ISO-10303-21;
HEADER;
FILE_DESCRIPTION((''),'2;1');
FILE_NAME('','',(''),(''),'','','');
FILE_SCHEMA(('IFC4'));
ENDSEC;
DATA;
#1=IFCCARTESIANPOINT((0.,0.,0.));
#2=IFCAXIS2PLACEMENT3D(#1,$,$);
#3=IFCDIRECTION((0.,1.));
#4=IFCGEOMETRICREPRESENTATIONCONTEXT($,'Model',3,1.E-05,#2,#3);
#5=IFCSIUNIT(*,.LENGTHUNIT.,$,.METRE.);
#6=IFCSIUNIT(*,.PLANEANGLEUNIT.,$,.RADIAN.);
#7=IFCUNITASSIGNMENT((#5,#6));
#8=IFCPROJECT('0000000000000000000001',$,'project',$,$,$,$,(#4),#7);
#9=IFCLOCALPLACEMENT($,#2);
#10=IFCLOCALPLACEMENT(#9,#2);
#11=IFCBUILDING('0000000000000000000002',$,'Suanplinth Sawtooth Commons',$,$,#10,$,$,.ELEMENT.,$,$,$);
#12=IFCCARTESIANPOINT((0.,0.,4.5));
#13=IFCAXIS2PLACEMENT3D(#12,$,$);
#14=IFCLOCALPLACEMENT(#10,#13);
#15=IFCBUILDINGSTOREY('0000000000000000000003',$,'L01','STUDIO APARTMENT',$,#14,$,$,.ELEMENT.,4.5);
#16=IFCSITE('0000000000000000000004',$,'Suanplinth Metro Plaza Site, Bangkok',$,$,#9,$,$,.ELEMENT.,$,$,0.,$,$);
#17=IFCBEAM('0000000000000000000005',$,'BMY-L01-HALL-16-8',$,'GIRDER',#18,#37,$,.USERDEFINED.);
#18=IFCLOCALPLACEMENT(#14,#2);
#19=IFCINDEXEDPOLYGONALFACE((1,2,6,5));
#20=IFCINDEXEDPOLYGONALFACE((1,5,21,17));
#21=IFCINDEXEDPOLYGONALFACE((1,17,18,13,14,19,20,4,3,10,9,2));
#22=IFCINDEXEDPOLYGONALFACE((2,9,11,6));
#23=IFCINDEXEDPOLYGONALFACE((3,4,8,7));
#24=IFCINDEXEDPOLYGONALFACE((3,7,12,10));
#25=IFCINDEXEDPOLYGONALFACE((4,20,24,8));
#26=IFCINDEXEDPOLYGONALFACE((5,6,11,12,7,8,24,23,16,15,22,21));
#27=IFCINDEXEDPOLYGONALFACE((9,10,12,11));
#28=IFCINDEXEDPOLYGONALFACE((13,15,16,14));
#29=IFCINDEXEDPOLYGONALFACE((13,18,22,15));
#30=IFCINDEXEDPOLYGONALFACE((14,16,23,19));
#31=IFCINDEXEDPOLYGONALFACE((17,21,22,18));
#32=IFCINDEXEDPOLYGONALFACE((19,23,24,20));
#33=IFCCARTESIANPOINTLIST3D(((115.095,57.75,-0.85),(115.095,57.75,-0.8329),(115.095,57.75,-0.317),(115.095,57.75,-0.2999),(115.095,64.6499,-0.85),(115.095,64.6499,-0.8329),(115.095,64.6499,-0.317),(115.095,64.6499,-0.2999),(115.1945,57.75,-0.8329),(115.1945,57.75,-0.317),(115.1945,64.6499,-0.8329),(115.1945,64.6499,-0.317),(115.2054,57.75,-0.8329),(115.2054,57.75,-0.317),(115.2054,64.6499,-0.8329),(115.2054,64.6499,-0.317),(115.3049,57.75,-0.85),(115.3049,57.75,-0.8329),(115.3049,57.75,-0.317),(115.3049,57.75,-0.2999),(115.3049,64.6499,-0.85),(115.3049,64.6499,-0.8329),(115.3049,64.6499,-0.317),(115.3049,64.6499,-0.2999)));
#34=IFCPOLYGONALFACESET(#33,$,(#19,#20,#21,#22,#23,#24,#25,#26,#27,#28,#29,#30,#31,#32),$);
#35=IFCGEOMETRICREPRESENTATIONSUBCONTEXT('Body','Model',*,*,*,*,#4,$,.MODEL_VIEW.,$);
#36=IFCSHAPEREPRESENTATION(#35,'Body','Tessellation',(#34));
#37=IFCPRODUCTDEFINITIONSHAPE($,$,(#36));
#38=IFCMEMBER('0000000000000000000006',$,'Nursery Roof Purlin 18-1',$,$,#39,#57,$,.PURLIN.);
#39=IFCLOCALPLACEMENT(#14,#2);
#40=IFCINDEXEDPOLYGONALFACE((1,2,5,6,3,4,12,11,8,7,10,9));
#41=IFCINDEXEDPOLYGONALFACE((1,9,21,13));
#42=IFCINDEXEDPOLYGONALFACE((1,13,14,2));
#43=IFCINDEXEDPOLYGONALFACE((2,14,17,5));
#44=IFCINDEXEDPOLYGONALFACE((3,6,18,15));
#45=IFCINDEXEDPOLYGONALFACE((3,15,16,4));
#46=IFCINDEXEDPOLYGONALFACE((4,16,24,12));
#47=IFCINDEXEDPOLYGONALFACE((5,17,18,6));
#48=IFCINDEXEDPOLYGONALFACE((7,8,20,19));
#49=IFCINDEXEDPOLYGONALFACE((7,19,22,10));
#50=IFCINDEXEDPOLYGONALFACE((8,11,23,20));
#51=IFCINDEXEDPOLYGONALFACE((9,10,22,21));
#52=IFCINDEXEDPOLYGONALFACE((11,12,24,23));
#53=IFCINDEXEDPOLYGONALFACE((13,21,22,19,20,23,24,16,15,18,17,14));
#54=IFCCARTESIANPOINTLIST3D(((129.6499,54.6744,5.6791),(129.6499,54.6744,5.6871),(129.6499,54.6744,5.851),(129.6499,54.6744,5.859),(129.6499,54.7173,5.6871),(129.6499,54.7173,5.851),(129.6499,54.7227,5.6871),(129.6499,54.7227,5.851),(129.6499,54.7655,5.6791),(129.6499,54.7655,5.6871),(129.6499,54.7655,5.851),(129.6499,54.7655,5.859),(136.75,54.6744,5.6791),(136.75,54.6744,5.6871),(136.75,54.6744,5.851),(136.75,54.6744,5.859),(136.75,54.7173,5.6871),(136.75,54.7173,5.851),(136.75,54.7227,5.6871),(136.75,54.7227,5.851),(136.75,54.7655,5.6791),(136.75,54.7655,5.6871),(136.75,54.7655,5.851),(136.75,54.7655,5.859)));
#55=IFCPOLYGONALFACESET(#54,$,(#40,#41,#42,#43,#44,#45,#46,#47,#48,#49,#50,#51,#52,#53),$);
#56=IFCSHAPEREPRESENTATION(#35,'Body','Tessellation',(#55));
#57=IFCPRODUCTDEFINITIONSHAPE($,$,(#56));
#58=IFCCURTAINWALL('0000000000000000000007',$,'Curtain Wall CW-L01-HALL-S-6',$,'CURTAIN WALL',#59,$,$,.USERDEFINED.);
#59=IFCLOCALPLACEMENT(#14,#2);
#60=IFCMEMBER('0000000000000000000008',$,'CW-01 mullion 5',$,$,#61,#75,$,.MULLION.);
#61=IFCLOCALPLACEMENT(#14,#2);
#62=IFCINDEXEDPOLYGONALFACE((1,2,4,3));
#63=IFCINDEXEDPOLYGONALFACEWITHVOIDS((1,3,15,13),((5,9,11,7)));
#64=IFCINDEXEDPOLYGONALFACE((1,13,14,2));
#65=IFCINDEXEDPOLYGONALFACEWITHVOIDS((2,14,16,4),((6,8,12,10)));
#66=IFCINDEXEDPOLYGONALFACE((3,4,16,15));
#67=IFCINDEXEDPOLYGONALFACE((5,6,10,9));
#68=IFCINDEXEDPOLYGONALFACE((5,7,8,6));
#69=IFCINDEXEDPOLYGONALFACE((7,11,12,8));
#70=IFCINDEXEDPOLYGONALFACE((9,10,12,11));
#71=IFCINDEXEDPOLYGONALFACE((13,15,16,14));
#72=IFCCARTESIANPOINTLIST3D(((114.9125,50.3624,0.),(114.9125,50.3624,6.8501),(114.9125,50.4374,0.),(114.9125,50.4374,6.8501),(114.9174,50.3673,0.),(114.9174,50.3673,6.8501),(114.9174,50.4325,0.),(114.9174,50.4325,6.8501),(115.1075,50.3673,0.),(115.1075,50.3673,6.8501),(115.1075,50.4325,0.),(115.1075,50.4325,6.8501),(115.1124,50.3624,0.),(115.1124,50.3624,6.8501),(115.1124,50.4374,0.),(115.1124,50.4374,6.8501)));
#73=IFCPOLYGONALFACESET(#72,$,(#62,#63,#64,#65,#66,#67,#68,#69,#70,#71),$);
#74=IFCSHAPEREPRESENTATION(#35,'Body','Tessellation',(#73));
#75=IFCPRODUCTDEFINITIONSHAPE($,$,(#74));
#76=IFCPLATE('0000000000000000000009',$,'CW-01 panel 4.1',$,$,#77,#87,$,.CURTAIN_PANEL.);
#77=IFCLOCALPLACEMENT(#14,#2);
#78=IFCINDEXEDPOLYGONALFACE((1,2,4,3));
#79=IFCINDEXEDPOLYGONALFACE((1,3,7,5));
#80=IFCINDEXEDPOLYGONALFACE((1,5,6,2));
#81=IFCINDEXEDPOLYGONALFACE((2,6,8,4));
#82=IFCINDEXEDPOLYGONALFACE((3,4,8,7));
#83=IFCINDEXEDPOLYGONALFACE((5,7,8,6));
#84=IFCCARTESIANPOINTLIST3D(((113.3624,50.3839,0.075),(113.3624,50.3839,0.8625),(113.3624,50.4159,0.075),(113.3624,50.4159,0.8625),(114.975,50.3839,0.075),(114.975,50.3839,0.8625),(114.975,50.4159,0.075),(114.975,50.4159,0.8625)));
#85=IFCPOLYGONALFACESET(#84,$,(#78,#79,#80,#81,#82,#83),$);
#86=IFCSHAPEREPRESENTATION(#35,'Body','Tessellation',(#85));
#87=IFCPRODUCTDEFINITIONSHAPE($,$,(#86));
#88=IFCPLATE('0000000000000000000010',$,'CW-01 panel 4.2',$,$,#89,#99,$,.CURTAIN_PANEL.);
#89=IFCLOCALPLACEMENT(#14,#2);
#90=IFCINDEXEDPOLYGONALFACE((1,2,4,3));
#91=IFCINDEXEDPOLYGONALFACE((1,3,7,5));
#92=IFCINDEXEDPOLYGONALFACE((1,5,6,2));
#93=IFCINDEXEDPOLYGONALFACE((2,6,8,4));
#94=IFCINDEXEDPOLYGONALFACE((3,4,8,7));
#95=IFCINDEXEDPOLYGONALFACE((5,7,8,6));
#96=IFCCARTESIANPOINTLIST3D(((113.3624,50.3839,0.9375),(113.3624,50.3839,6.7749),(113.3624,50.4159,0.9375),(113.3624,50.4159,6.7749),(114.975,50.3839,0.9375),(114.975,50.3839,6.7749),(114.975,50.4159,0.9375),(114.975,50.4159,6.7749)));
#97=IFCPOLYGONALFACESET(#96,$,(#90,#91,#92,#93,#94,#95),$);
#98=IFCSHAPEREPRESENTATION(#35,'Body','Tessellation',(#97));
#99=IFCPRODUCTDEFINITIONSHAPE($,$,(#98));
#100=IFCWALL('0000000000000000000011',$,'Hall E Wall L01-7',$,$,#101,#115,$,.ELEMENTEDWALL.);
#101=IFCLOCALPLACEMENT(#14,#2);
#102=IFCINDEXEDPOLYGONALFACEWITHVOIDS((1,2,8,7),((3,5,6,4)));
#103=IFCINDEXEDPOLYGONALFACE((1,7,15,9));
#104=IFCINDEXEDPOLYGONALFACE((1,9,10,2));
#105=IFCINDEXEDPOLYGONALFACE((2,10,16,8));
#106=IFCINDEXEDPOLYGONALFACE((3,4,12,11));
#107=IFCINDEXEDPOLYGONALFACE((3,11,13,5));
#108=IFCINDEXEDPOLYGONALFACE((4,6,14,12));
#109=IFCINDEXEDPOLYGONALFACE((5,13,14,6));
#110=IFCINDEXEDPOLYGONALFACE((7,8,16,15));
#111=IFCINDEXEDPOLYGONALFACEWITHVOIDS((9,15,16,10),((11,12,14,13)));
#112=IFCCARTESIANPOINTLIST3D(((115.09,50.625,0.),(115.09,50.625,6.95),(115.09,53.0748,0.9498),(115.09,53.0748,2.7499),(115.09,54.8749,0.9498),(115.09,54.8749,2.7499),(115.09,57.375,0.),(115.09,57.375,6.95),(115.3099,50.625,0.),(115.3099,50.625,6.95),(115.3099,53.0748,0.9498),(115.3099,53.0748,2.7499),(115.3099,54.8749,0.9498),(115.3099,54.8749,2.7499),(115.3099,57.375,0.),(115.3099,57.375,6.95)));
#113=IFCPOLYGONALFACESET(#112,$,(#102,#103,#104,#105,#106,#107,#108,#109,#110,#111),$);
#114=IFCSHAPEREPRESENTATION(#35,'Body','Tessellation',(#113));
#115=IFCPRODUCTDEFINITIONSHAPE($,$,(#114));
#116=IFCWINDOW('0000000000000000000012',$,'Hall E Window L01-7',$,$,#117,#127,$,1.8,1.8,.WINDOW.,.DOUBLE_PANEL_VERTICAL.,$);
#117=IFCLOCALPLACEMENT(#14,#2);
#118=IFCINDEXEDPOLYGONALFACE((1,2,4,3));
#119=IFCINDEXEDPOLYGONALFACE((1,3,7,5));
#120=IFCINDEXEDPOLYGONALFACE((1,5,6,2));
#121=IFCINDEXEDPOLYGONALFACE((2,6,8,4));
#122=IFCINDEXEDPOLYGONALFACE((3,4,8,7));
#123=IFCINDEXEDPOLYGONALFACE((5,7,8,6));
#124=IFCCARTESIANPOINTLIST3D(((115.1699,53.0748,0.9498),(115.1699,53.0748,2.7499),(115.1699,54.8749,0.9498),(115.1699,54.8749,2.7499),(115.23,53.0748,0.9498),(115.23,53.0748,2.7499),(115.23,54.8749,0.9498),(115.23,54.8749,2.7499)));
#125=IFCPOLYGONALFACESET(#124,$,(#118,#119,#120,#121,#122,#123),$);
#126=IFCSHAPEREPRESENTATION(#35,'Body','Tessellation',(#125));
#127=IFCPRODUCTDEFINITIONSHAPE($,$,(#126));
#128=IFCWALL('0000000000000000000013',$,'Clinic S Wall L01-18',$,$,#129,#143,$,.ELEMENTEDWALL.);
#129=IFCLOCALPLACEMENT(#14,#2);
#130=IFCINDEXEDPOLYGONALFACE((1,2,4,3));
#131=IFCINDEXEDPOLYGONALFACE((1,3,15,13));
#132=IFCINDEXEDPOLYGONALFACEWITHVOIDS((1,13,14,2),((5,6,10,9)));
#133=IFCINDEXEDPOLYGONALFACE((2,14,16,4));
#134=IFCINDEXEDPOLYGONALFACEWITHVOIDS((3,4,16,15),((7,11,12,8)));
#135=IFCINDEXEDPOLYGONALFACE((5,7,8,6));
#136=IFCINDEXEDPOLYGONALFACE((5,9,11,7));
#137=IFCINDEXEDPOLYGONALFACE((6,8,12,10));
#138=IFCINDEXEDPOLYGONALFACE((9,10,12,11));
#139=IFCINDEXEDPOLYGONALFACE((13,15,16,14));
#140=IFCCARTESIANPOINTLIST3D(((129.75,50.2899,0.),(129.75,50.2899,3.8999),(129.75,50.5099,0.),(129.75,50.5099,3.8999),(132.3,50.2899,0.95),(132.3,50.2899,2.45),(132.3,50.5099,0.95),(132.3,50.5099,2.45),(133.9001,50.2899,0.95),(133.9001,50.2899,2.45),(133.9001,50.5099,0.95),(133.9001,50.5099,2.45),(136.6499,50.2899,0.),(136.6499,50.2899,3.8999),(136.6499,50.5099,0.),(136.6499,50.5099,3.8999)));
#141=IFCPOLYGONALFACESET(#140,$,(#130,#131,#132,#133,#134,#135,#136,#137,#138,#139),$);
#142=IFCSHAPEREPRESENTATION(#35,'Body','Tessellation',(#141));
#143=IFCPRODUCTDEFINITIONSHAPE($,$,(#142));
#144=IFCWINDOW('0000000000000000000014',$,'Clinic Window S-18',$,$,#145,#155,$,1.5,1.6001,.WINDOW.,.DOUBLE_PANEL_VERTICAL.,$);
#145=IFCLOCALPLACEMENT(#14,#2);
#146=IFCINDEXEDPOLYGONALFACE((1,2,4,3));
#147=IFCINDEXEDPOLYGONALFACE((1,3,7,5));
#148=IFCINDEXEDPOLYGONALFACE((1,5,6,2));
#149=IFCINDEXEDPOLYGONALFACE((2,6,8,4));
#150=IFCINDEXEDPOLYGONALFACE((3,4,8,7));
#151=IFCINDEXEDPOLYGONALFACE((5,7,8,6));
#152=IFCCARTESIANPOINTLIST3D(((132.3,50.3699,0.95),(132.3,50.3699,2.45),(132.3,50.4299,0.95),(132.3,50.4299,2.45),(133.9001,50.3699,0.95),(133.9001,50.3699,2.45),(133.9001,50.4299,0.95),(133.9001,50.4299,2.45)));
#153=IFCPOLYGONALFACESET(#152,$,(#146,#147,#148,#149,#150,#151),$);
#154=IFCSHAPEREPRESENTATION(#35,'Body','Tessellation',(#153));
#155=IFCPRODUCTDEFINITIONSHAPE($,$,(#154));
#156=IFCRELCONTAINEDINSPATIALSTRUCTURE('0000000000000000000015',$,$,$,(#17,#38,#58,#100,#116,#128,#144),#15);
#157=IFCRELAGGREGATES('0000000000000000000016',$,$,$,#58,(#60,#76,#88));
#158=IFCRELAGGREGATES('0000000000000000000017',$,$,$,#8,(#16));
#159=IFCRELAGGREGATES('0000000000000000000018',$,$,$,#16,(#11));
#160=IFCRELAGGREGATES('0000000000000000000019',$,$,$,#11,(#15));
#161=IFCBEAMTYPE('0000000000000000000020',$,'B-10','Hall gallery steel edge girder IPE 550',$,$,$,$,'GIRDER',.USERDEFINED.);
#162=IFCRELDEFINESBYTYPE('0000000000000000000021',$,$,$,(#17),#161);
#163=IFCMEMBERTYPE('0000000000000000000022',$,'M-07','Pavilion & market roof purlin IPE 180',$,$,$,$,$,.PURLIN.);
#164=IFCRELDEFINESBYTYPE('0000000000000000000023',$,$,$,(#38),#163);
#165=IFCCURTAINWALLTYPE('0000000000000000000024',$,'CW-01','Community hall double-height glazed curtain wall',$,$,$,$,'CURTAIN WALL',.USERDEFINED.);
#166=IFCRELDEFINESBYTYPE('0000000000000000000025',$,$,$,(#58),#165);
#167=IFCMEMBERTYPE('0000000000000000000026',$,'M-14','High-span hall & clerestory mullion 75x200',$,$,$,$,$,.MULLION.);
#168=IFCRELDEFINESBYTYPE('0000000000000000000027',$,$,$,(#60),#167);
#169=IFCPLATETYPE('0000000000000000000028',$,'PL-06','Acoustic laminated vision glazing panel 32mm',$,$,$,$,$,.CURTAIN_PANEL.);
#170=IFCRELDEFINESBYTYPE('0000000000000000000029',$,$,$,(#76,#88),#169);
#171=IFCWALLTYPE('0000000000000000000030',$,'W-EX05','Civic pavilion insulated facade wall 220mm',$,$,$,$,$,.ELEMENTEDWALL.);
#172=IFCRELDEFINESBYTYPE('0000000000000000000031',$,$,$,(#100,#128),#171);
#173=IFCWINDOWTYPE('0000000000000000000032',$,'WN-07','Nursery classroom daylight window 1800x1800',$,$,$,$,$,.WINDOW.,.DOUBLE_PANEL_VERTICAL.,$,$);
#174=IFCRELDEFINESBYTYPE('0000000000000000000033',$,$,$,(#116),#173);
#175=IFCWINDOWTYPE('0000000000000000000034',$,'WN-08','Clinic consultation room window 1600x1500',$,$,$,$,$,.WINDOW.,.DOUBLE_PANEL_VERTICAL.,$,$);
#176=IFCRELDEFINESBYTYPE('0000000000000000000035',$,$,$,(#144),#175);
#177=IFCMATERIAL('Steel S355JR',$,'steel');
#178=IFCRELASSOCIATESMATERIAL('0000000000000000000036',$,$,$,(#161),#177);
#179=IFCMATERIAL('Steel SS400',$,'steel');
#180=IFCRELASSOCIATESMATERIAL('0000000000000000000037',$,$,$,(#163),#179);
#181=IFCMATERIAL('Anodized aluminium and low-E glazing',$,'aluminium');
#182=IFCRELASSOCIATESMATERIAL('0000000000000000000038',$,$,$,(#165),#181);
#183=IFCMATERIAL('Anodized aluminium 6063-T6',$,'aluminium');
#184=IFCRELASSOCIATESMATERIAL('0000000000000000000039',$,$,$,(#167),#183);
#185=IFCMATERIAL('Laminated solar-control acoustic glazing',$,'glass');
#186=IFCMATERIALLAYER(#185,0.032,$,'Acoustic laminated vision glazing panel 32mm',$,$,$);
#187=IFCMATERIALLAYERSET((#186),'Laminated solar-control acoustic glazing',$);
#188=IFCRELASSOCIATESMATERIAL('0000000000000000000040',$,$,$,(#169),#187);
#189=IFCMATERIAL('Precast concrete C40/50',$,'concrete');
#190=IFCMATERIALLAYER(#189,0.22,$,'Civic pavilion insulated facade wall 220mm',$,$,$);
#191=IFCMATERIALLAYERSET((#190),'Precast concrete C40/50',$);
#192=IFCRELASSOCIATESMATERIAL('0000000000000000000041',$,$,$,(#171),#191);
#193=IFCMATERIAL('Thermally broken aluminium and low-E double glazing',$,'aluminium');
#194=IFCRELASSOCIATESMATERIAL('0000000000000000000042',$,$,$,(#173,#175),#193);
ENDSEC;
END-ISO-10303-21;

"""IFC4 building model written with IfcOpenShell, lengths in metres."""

from ifc_helpers import new_model, si_unit, direction, frame, frame_2d, origin, origin_2d, place, context, subcontext, project, spatial, rectangle, hollow_rectangle, i_section, extrude, material, layer, layer_set, material_profile, profile_set, type_object, element, fill, aggregate, save


model = new_model("IFC4")

# Units and contexts
model_context = context("Model", 3, precision=1e-05, world=origin(), true_north=direction((0.0, 1.0)))
body_context = subcontext(model_context, "Body", "Model", "MODEL_VIEW")
ifc_project = project(units=[si_unit("LENGTHUNIT", "METRE"), si_unit("PLANEANGLEUNIT", "RADIAN")], contexts=[model_context])

# Site, building, storey
site_placement = place(None, origin())
site = spatial("IfcSite", under=ifc_project, at=site_placement, Name="Suanplinth Metro Plaza Site, Bangkok", CompositionType="ELEMENT", RefElevation=0.0)
building_placement = place(site_placement, origin())
building = spatial("IfcBuilding", under=site, at=building_placement, Name="Suanplinth Sawtooth Commons", CompositionType="ELEMENT")
storey_placement = place(building_placement, frame((0.0, 0.0, 4.5)))
storey = spatial("IfcBuildingStorey", under=building, at=storey_placement, Name="L01", Description="STUDIO APARTMENT", CompositionType="ELEMENT", Elevation=4.5)

# Shared definitions
ifc_material_1 = material(Name="Steel S355JR", Category="steel")

# Beam
ifc_material_2 = material(Name="Precast concrete C40/50", Category="concrete")
ifc_material_profile_1 = material_profile(ifc_material_1, i_section(OverallWidth=0.21, OverallDepth=0.55, WebThickness=0.011, FlangeThickness=0.0171, at=origin_2d()), Name="IPE 550")
ifc_profile_set_1 = profile_set([ifc_material_profile_1], Name="Steel S355JR")
beam_type_1 = type_object("IfcBeamType", Name="B-10", Description="Hall gallery steel edge girder IPE 550", ElementType="GIRDER", PredefinedType="USERDEFINED", material=ifc_profile_set_1)
for number, where, z_axis, x_axis, name in (
    (1, (115.2, 57.75, -0.575), (0.0, 1.0, 0.0), (-1.0, 0.0, 0.0), "BMY-L01-HALL-16-8"),
):
    element("IfcBeam", number, at=place(storey_placement, frame(where, z_axis=z_axis, x_axis=x_axis)), inside=storey, type_object=beam_type_1, Name=name, ObjectType="GIRDER", PredefinedType="USERDEFINED", context=body_context, shape_type="SweptSolid", body=[
        extrude(i_section(OverallWidth=0.21, OverallDepth=0.55, WebThickness=0.011, FlangeThickness=0.0171, at=origin_2d()), origin(), (0.0, 0.0, 1.0), 6.8999),
    ])

# Member
ifc_material_3 = material(Name="Steel SS400", Category="steel")
ifc_material_profile_2 = material_profile(ifc_material_3, i_section(OverallWidth=0.0911, OverallDepth=0.1799, WebThickness=0.0054, FlangeThickness=0.0081, at=origin_2d()), Name="IPE 180")
ifc_profile_set_2 = profile_set([ifc_material_profile_2], Name="Steel SS400")
member_type_1 = type_object("IfcMemberType", Name="M-07", Description="Pavilion & market roof purlin IPE 180", PredefinedType="PURLIN", material=ifc_profile_set_2)
member_1_placement = place(storey_placement, frame((129.6499, 54.72, 5.769), z_axis=(1.0, 0.0, 0.0), x_axis=(0.0, 1.0, 0.0)))
element("IfcMember", 2, at=member_1_placement, inside=storey, type_object=member_type_1, Name="Nursery Roof Purlin 18-1", PredefinedType="PURLIN", context=body_context, shape_type="SweptSolid", body=[
    extrude(i_section(OverallWidth=0.0911, OverallDepth=0.1799, WebThickness=0.0054, FlangeThickness=0.0081, at=origin_2d()), origin(), (0.0, 0.0, 1.0), 7.1001),
])

# Curtain wall, member, plates
ifc_material_4 = material(Name="Anodized aluminium and low-E glazing", Category="aluminium")
curtain_wall_type = type_object("IfcCurtainWallType", Name="CW-01", Description="Community hall double-height glazed curtain wall", ElementType="CURTAIN WALL", PredefinedType="USERDEFINED", material=ifc_material_4)
curtain_wall_placement = place(storey_placement, origin())
curtain_wall = element("IfcCurtainWall", 3, at=curtain_wall_placement, inside=storey, type_object=curtain_wall_type, Name="Curtain Wall CW-L01-HALL-S-6", ObjectType="CURTAIN WALL", PredefinedType="USERDEFINED")
ifc_material_5 = material(Name="Anodized aluminium 6063-T6", Category="aluminium")
ifc_material_profile_3 = material_profile(ifc_material_5, hollow_rectangle(XDim=0.075, YDim=0.2, WallThickness=0.0049, at=origin_2d()), Name="ALU-MUL 75x200")
ifc_profile_set_3 = profile_set([ifc_material_profile_3], Name="Anodized aluminium 6063-T6")
member_type_2 = type_object("IfcMemberType", Name="M-14", Description="High-span hall & clerestory mullion 75x200", PredefinedType="MULLION", material=ifc_profile_set_3)
member_2_placement = place(storey_placement, frame((115.0125, 50.3999, 0.0), z_axis=(0.0, 0.0, 1.0), x_axis=(0.0, 1.0, 0.0)))
member_2 = element("IfcMember", 4, at=member_2_placement, type_object=member_type_2, Name="CW-01 mullion 5", PredefinedType="MULLION", context=body_context, shape_type="SweptSolid", body=[
    extrude(hollow_rectangle(XDim=0.075, YDim=0.2, WallThickness=0.0049, at=origin_2d()), origin(), (0.0, 0.0, 1.0), 6.8501),
])
ifc_material_6 = material(Name="Laminated solar-control acoustic glazing", Category="glass")
ifc_layer_1 = layer(ifc_material_6, 0.032, Name="Acoustic laminated vision glazing panel 32mm")
ifc_layer_set_1 = layer_set([ifc_layer_1], Name="Laminated solar-control acoustic glazing")
plate_type = type_object("IfcPlateType", Name="PL-06", Description="Acoustic laminated vision glazing panel 32mm", PredefinedType="CURTAIN_PANEL", material=ifc_layer_set_1)
plate_1_placement = place(storey_placement, frame((114.1687, 50.3999, 0.075), z_axis=(0.0, 0.0, 1.0), x_axis=(1.0, 0.0, 0.0)))
plate_1 = element("IfcPlate", 5, at=plate_1_placement, type_object=plate_type, Name="CW-01 panel 4.1", PredefinedType="CURTAIN_PANEL", context=body_context, shape_type="SweptSolid", body=[
    extrude(rectangle(XDim=1.6125, YDim=0.032, at=origin_2d()), origin(), (0.0, 0.0, 1.0), 0.7876),
])
plate_2_placement = place(storey_placement, frame((114.1687, 50.3999, 0.9375), z_axis=(0.0, 0.0, 1.0), x_axis=(1.0, 0.0, 0.0)))
plate_2 = element("IfcPlate", 6, at=plate_2_placement, type_object=plate_type, Name="CW-01 panel 4.2", PredefinedType="CURTAIN_PANEL", context=body_context, shape_type="SweptSolid", body=[
    extrude(rectangle(XDim=1.6125, YDim=0.032, at=origin_2d()), origin(), (0.0, 0.0, 1.0), 5.8374),
])
aggregate(curtain_wall, [member_2, plate_1, plate_2])

# Walls, openings, windows
ifc_layer_2 = layer(ifc_material_2, 0.22, Name="Civic pavilion insulated facade wall 220mm")
ifc_layer_set_2 = layer_set([ifc_layer_2], Name="Precast concrete C40/50")
wall_type = type_object("IfcWallType", Name="W-EX05", Description="Civic pavilion insulated facade wall 220mm", PredefinedType="ELEMENTEDWALL", material=ifc_layer_set_2)
wall_1_placement = place(storey_placement, frame((115.2, 50.625, 0.0), z_axis=(0.0, 0.0, 1.0), x_axis=(0.0, 1.0, 0.0)))
wall_1 = element("IfcWall", 7, at=wall_1_placement, inside=storey, type_object=wall_type, Name="Hall E Wall L01-7", PredefinedType="ELEMENTEDWALL", context=body_context, shape_type="SweptSolid", body=[
    extrude(rectangle(XDim=6.75, YDim=0.22, at=frame_2d((3.375, 0.0))), origin(), (0.0, 0.0, 1.0), 6.95),
])
opening_1_placement = place(wall_1_placement, frame((2.45, 0.0, 0.95)))
opening_1 = element("IfcOpeningElement", 8, at=opening_1_placement, cuts=wall_1, PredefinedType="OPENING", context=body_context, shape_type="SweptSolid", body=[
    extrude(rectangle(XDim=1.8, YDim=1.8, at=frame_2d((0.8999, 0.8999))), frame((0.0, 0.125, 0.0), z_axis=(0.0, -1.0, 0.0), x_axis=(1.0, 0.0, 0.0)), (0.0, 0.0, 1.0), 0.2498),
])
ifc_material_7 = material(Name="Thermally broken aluminium and low-E double glazing", Category="aluminium")
window_type_1 = type_object("IfcWindowType", Name="WN-07", Description="Nursery classroom daylight window 1800x1800", PartitioningType="DOUBLE_PANEL_VERTICAL", PredefinedType="WINDOW", material=ifc_material_7)
window_1_placement = place(opening_1_placement, origin())
window_1 = element("IfcWindow", 9, at=window_1_placement, inside=storey, type_object=window_type_1, Name="Hall E Window L01-7", OverallHeight=1.8, OverallWidth=1.8, PartitioningType="DOUBLE_PANEL_VERTICAL", PredefinedType="WINDOW", context=body_context, shape_type="SweptSolid", body=[
    extrude(rectangle(XDim=1.8, YDim=1.8, at=frame_2d((0.8999, 0.8999))), frame((0.0, 0.03, 0.0), z_axis=(0.0, -1.0, 0.0), x_axis=(1.0, 0.0, 0.0)), (0.0, 0.0, 1.0), 0.0601),
])
fill(opening_1, window_1)
wall_2_placement = place(storey_placement, frame((129.75, 50.3999, 0.0), z_axis=(0.0, 0.0, 1.0), x_axis=(1.0, 0.0, 0.0)))
wall_2 = element("IfcWall", 10, at=wall_2_placement, inside=storey, type_object=wall_type, Name="Clinic S Wall L01-18", PredefinedType="ELEMENTEDWALL", context=body_context, shape_type="SweptSolid", body=[
    extrude(rectangle(XDim=6.8999, YDim=0.22, at=frame_2d((3.45, 0.0))), origin(), (0.0, 0.0, 1.0), 3.8999),
])
opening_2_placement = place(wall_2_placement, frame((2.55, 0.0, 0.95)))
opening_2 = element("IfcOpeningElement", 11, at=opening_2_placement, cuts=wall_2, PredefinedType="OPENING", context=body_context, shape_type="SweptSolid", body=[
    extrude(rectangle(XDim=1.6001, YDim=1.5, at=frame_2d((0.8, 0.75))), frame((0.0, 0.125, 0.0), z_axis=(0.0, -1.0, 0.0), x_axis=(1.0, 0.0, 0.0)), (0.0, 0.0, 1.0), 0.2498),
])
window_type_2 = type_object("IfcWindowType", Name="WN-08", Description="Clinic consultation room window 1600x1500", PartitioningType="DOUBLE_PANEL_VERTICAL", PredefinedType="WINDOW", material=ifc_material_7)
window_2_placement = place(opening_2_placement, origin())
window_2 = element("IfcWindow", 12, at=window_2_placement, inside=storey, type_object=window_type_2, Name="Clinic Window S-18", OverallHeight=1.5, OverallWidth=1.6001, PartitioningType="DOUBLE_PANEL_VERTICAL", PredefinedType="WINDOW", context=body_context, shape_type="SweptSolid", body=[
    extrude(rectangle(XDim=1.6001, YDim=1.5, at=frame_2d((0.8, 0.75))), frame((0.0, 0.03, 0.0), z_axis=(0.0, -1.0, 0.0), x_axis=(1.0, 0.0, 0.0)), (0.0, 0.0, 1.0), 0.0601),
])
fill(opening_2, window_2)

save(model, "model.ifc")
